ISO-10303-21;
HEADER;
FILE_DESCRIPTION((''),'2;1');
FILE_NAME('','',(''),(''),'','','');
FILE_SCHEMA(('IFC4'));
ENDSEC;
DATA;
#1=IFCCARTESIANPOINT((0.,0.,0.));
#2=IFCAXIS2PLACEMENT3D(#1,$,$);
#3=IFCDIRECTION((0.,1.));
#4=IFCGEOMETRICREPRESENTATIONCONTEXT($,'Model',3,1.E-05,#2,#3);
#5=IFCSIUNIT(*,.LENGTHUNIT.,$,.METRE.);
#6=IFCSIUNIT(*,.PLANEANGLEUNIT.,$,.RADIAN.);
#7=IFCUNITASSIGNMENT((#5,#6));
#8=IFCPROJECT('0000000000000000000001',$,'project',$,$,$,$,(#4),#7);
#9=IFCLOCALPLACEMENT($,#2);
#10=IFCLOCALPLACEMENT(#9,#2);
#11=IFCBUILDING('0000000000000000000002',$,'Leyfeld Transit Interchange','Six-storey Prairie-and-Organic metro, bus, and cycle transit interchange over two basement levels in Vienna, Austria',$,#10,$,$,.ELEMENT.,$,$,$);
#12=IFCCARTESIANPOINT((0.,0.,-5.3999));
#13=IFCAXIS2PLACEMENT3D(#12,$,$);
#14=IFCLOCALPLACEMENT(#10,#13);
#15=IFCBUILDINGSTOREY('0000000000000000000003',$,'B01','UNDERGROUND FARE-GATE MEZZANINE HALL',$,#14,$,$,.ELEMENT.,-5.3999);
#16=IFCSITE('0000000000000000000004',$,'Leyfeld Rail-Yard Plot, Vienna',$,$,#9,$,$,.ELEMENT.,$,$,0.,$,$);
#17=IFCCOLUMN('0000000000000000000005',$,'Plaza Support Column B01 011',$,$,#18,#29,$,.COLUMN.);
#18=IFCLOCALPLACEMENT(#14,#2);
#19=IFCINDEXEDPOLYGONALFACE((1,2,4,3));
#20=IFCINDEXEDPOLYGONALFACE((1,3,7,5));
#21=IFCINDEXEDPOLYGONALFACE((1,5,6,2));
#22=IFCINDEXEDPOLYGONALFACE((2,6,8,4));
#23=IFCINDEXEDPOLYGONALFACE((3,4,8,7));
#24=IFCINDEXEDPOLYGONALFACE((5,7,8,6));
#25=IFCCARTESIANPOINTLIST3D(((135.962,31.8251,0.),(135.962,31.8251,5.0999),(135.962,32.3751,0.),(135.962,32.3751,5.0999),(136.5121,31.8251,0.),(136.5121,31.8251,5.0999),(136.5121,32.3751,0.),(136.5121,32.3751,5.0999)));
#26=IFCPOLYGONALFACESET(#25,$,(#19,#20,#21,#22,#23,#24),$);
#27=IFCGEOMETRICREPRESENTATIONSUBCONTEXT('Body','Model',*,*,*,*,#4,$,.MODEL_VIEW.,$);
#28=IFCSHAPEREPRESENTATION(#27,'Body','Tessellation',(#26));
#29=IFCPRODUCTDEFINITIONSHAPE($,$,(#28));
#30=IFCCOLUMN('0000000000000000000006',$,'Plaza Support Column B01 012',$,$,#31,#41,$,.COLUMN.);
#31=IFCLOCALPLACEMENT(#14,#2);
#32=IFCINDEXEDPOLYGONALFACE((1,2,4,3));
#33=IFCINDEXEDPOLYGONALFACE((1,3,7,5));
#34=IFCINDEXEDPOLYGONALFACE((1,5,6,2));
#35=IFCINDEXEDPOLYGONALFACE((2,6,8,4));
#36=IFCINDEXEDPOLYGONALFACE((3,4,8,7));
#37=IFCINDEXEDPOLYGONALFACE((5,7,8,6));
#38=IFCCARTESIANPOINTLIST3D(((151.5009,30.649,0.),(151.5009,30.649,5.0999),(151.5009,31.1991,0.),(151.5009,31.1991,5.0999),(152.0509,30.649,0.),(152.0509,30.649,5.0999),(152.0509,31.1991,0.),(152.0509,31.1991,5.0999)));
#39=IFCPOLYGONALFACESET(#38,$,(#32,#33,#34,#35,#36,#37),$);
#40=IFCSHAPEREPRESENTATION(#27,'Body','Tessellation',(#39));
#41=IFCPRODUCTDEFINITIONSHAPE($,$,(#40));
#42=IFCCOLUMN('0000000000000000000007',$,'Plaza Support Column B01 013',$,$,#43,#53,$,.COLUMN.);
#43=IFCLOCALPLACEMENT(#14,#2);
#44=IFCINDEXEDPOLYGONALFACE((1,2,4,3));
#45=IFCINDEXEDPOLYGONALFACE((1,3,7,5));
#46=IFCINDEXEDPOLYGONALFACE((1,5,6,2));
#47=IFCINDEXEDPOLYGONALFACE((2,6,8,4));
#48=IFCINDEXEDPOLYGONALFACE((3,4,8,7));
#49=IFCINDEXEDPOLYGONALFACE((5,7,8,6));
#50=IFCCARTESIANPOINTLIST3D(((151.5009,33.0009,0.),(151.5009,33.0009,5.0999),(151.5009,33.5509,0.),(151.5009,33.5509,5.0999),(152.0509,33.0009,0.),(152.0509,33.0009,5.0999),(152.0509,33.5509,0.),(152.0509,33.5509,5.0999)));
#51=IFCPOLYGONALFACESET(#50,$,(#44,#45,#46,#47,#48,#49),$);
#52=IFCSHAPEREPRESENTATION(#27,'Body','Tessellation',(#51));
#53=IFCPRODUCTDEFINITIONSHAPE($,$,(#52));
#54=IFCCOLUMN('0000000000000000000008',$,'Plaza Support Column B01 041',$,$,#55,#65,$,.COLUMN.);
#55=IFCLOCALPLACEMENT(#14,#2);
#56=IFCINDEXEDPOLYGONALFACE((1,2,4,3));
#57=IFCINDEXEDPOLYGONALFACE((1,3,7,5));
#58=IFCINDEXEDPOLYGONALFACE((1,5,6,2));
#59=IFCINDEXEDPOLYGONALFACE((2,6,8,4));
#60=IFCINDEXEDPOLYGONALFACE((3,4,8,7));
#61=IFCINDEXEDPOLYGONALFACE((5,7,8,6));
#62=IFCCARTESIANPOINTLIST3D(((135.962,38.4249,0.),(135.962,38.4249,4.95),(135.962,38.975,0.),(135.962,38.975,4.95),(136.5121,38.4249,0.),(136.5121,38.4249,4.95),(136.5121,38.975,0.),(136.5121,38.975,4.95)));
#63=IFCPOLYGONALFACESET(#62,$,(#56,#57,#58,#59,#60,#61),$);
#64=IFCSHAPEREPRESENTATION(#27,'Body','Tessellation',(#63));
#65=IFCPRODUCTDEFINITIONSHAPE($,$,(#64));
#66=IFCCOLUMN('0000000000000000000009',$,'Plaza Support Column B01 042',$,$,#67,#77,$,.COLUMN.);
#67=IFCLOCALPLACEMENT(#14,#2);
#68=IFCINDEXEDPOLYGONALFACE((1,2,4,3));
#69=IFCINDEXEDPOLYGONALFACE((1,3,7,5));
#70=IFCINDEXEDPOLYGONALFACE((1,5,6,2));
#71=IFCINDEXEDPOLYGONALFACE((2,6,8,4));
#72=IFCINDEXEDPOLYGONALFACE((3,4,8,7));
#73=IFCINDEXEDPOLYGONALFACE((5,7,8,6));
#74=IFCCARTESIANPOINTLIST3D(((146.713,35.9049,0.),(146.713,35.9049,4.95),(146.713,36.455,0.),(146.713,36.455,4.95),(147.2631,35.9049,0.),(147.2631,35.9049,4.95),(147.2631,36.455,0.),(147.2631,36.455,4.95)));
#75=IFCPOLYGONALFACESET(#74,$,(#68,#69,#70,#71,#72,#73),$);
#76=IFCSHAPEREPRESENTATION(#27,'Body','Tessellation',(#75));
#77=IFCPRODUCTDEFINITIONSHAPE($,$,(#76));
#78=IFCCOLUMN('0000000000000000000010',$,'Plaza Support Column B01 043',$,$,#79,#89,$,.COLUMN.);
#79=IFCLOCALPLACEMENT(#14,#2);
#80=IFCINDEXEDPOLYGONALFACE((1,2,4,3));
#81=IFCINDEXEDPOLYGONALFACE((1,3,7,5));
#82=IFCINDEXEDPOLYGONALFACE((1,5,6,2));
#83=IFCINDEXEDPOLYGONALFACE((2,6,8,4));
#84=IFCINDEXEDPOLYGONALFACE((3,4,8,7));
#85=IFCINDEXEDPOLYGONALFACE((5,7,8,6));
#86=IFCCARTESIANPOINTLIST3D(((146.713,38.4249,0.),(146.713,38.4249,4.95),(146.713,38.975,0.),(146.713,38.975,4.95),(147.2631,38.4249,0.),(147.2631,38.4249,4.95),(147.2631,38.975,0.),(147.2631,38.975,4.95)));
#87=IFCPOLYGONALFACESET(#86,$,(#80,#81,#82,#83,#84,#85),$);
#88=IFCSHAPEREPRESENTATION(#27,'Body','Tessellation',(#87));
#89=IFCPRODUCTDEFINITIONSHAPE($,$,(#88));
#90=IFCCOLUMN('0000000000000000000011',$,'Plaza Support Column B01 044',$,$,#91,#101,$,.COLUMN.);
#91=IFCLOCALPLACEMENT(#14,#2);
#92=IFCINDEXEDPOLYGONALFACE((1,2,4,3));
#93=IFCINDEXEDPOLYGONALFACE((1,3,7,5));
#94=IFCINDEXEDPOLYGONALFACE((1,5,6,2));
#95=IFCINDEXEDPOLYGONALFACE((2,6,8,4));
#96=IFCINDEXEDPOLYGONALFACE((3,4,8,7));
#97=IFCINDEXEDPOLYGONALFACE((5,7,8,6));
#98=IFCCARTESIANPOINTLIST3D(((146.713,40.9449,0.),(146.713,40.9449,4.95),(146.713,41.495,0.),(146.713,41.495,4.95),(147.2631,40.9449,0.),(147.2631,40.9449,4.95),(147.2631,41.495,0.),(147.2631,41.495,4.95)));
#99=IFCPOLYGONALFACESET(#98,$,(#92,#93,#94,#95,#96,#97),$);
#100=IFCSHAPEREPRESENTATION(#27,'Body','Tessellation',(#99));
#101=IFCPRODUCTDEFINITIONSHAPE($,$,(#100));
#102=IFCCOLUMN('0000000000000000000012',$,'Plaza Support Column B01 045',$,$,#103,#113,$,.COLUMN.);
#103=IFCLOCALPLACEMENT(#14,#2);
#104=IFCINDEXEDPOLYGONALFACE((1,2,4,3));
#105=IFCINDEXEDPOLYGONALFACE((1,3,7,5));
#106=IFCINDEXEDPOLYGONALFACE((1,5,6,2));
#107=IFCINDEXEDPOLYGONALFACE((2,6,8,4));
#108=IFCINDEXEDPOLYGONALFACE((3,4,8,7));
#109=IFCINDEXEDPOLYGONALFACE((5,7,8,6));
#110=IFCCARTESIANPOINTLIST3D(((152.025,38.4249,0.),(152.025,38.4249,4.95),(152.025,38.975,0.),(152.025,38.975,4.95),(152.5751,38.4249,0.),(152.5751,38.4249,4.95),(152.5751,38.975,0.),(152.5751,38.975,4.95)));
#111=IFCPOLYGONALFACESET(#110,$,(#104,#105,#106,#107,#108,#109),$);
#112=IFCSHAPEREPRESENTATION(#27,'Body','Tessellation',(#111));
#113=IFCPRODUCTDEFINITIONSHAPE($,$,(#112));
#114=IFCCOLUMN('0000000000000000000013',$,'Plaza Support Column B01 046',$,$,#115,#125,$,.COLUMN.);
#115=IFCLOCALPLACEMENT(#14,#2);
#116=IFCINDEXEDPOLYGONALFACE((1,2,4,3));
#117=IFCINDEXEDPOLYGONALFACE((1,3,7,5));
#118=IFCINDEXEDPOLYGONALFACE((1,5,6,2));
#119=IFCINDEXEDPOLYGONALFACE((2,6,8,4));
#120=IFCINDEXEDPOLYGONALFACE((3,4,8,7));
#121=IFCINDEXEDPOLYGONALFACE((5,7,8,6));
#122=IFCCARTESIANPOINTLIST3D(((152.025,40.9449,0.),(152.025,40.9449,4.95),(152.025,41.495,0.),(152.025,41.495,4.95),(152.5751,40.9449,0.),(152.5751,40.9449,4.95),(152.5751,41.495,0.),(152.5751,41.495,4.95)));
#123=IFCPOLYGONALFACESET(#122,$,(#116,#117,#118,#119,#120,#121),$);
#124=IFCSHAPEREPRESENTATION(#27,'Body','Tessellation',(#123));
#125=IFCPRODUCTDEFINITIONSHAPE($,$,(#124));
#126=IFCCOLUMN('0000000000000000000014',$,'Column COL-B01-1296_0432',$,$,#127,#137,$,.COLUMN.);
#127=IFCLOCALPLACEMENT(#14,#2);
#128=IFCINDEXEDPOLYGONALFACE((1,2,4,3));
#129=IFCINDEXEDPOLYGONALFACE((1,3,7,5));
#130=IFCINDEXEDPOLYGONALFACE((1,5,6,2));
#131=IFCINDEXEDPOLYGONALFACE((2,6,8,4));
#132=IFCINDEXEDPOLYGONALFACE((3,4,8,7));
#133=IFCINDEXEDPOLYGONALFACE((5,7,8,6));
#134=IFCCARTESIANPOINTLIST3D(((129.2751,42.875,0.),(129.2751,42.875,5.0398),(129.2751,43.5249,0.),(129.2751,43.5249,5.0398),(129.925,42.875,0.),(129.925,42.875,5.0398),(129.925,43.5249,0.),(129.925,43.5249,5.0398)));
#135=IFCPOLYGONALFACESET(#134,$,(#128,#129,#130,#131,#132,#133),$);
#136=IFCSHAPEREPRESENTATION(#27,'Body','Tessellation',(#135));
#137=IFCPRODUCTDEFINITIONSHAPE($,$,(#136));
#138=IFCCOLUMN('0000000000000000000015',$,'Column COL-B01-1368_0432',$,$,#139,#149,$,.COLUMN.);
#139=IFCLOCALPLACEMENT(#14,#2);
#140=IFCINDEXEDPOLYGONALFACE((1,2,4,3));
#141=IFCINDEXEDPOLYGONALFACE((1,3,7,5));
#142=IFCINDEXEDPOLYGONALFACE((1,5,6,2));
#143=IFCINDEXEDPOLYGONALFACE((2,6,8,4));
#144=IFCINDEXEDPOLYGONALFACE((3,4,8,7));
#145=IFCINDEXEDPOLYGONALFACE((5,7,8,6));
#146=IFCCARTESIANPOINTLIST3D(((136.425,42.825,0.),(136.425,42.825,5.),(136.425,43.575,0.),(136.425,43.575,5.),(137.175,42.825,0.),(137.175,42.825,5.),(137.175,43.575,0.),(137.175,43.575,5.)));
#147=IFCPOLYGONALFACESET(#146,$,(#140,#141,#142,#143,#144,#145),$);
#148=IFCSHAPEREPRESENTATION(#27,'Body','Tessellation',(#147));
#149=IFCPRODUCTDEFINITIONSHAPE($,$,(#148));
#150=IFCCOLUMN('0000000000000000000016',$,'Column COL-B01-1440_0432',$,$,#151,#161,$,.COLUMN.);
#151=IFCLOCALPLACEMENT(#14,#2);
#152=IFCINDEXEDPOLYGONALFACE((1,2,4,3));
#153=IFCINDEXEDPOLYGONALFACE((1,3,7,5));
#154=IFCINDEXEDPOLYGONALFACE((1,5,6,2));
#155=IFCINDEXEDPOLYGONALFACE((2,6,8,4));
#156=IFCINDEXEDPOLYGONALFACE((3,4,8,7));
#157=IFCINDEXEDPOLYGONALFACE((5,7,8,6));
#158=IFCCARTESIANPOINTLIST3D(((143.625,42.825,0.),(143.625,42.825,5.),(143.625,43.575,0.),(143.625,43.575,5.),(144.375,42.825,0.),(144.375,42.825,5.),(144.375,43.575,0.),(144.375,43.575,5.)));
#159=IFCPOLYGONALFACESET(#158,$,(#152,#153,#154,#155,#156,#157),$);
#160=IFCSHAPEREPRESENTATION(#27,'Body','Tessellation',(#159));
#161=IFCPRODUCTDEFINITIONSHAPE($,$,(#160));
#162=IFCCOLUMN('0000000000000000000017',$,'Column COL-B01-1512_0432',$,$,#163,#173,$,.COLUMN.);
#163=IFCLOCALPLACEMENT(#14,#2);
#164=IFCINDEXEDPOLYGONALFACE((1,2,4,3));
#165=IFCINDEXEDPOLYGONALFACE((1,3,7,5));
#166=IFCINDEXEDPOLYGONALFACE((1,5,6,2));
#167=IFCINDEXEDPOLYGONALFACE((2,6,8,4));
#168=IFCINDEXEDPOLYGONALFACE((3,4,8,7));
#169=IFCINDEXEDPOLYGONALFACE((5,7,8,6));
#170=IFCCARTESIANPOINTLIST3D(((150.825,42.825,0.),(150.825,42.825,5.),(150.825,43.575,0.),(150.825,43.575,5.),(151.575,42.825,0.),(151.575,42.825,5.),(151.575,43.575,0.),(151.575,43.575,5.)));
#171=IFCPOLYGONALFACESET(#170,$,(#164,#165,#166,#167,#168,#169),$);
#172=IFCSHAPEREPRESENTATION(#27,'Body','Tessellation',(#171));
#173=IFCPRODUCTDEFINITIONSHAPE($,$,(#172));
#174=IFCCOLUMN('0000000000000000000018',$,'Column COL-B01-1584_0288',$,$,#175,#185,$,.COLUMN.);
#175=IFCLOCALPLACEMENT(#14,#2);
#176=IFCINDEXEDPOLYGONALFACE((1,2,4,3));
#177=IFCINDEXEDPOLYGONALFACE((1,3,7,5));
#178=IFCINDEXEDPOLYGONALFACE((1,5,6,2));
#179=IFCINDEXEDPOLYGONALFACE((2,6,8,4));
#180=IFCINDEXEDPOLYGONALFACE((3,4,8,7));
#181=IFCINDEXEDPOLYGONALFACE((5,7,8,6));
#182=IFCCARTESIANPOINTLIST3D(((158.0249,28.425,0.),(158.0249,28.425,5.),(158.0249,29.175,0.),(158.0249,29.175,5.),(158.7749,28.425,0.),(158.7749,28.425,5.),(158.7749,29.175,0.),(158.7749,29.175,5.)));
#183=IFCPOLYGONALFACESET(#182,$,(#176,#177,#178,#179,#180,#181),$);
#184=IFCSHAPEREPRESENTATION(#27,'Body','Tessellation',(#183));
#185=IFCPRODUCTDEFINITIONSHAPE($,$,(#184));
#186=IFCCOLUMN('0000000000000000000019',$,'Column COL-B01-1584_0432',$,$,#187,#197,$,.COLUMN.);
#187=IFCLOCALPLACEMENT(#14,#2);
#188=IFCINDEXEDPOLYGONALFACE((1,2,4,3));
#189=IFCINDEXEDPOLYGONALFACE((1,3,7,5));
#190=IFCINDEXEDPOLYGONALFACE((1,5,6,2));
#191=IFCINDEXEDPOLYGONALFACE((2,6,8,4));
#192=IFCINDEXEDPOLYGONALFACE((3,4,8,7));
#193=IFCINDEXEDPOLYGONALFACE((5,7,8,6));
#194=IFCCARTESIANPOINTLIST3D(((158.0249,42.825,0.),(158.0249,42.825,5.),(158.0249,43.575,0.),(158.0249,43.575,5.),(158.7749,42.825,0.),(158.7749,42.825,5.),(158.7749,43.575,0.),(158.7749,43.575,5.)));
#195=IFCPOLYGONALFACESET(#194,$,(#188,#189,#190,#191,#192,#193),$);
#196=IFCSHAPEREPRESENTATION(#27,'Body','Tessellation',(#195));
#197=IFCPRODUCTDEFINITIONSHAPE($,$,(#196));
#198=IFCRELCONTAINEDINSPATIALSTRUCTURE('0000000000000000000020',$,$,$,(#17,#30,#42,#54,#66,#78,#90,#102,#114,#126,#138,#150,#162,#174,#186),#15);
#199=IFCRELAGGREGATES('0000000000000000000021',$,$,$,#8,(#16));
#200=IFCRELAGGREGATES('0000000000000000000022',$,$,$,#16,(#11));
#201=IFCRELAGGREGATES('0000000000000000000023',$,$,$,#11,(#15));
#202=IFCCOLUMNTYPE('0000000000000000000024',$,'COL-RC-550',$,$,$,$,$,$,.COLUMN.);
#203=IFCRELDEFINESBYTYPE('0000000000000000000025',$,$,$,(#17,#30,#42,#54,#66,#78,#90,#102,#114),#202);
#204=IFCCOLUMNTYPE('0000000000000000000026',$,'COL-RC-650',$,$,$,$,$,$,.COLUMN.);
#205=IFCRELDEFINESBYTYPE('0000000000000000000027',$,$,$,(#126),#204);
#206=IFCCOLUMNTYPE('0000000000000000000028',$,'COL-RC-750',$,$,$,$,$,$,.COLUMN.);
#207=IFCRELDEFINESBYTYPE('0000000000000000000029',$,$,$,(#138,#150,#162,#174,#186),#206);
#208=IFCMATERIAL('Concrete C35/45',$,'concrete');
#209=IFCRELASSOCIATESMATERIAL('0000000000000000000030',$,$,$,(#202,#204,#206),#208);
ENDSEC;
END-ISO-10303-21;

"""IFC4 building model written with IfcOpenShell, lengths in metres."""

from ifc_helpers import new_model, si_unit, direction, frame, origin, origin_2d, place, context, subcontext, project, spatial, rectangle, extrude, material, material_profile, profile_set, type_object, element, save


model = new_model("IFC4")

# Units and contexts
model_context = context("Model", 3, precision=1e-05, world=origin(), true_north=direction((0.0, 1.0)))
body_context = subcontext(model_context, "Body", "Model", "MODEL_VIEW")
ifc_project = project(units=[si_unit("LENGTHUNIT", "METRE"), si_unit("PLANEANGLEUNIT", "RADIAN")], contexts=[model_context])

# Site, building, storey
site_placement = place(None, origin())
site = spatial("IfcSite", under=ifc_project, at=site_placement, Name="Leyfeld Rail-Yard Plot, Vienna", CompositionType="ELEMENT", RefElevation=0.0)
building_placement = place(site_placement, origin())
building = spatial("IfcBuilding", under=site, at=building_placement, Name="Leyfeld Transit Interchange", Description="Six-storey Prairie-and-Organic metro, bus, and cycle transit interchange over two basement levels in Vienna, Austria", CompositionType="ELEMENT")
storey_placement = place(building_placement, frame((0.0, 0.0, -5.3999)))
storey = spatial("IfcBuildingStorey", under=building, at=storey_placement, Name="B01", Description="UNDERGROUND FARE-GATE MEZZANINE HALL", CompositionType="ELEMENT", Elevation=-5.3999)

# Columns
ifc_material_1 = material(Name="Concrete C35/45", Category="concrete")
ifc_material_profile_1 = material_profile(ifc_material_1, rectangle(XDim=0.55, YDim=0.55, at=origin_2d()), Name="RC 550x550")
ifc_profile_set_1 = profile_set([ifc_material_profile_1], Name="Concrete C35/45")
column_type_1 = type_object("IfcColumnType", Name="COL-RC-550", PredefinedType="COLUMN", material=ifc_profile_set_1)
for number, where, z_axis, x_axis, name in (
    (1, (136.2371, 32.1001, 0.0), (0.0, 0.0, 1.0), (1.0, 0.0, 0.0), "Plaza Support Column B01 011"),
    (2, (151.7759, 30.9241, 0.0), (0.0, 0.0, 1.0), (1.0, 0.0, 0.0), "Plaza Support Column B01 012"),
    (3, (151.7759, 33.2759, 0.0), (0.0, 0.0, 1.0), (1.0, 0.0, 0.0), "Plaza Support Column B01 013"),
):
    element("IfcColumn", number, at=place(storey_placement, frame(where, z_axis=z_axis, x_axis=x_axis)), inside=storey, type_object=column_type_1, Name=name, PredefinedType="COLUMN", context=body_context, shape_type="SweptSolid", body=[
        extrude(rectangle(XDim=0.55, YDim=0.55, at=origin_2d()), origin(), (0.0, 0.0, 1.0), 5.0999),
    ])
for number, where, z_axis, x_axis, name in (
    (4, (136.2371, 38.7, 0.0), (0.0, 0.0, 1.0), (1.0, 0.0, 0.0), "Plaza Support Column B01 041"),
    (5, (146.988, 36.1799, 0.0), (0.0, 0.0, 1.0), (1.0, 0.0, 0.0), "Plaza Support Column B01 042"),
    (6, (146.988, 38.7, 0.0), (0.0, 0.0, 1.0), (1.0, 0.0, 0.0), "Plaza Support Column B01 043"),
    (7, (146.988, 41.22, 0.0), (0.0, 0.0, 1.0), (1.0, 0.0, 0.0), "Plaza Support Column B01 044"),
    (8, (152.3, 38.7, 0.0), (0.0, 0.0, 1.0), (1.0, 0.0, 0.0), "Plaza Support Column B01 045"),
    (9, (152.3, 41.22, 0.0), (0.0, 0.0, 1.0), (1.0, 0.0, 0.0), "Plaza Support Column B01 046"),
):
    element("IfcColumn", number, at=place(storey_placement, frame(where, z_axis=z_axis, x_axis=x_axis)), inside=storey, type_object=column_type_1, Name=name, PredefinedType="COLUMN", context=body_context, shape_type="SweptSolid", body=[
        extrude(rectangle(XDim=0.55, YDim=0.55, at=origin_2d()), origin(), (0.0, 0.0, 1.0), 4.95),
    ])
ifc_material_profile_2 = material_profile(ifc_material_1, rectangle(XDim=0.6499, YDim=0.6499, at=origin_2d()), Name="RC 650x650")
ifc_profile_set_2 = profile_set([ifc_material_profile_2], Name="Concrete C35/45")
column_type_2 = type_object("IfcColumnType", Name="COL-RC-650", PredefinedType="COLUMN", material=ifc_profile_set_2)
column_placement = place(storey_placement, frame((129.6001, 43.2, 0.0), z_axis=(0.0, 0.0, 1.0), x_axis=(1.0, 0.0, 0.0)))
element("IfcColumn", 10, at=column_placement, inside=storey, type_object=column_type_2, Name="Column COL-B01-1296_0432", PredefinedType="COLUMN", context=body_context, shape_type="SweptSolid", body=[
    extrude(rectangle(XDim=0.6499, YDim=0.6499, at=origin_2d()), origin(), (0.0, 0.0, 1.0), 5.0398),
])
ifc_material_profile_3 = material_profile(ifc_material_1, rectangle(XDim=0.75, YDim=0.75, at=origin_2d()), Name="RC 750x750")
ifc_profile_set_3 = profile_set([ifc_material_profile_3], Name="Concrete C35/45")
column_type_3 = type_object("IfcColumnType", Name="COL-RC-750", PredefinedType="COLUMN", material=ifc_profile_set_3)
for number, where, z_axis, x_axis, name in (
    (11, (136.8, 43.2, 0.0), (0.0, 0.0, 1.0), (1.0, 0.0, 0.0), "Column COL-B01-1368_0432"),
    (12, (144.0, 43.2, 0.0), (0.0, 0.0, 1.0), (1.0, 0.0, 0.0), "Column COL-B01-1440_0432"),
    (13, (151.2, 43.2, 0.0), (0.0, 0.0, 1.0), (1.0, 0.0, 0.0), "Column COL-B01-1512_0432"),
    (14, (158.3999, 28.8, 0.0), (0.0, 0.0, 1.0), (1.0, 0.0, 0.0), "Column COL-B01-1584_0288"),
    (15, (158.3999, 43.2, 0.0), (0.0, 0.0, 1.0), (1.0, 0.0, 0.0), "Column COL-B01-1584_0432"),
):
    element("IfcColumn", number, at=place(storey_placement, frame(where, z_axis=z_axis, x_axis=x_axis)), inside=storey, type_object=column_type_3, Name=name, PredefinedType="COLUMN", context=body_context, shape_type="SweptSolid", body=[
        extrude(rectangle(XDim=0.75, YDim=0.75, at=origin_2d()), origin(), (0.0, 0.0, 1.0), 5.0),
    ])

save(model, "model.ifc")
